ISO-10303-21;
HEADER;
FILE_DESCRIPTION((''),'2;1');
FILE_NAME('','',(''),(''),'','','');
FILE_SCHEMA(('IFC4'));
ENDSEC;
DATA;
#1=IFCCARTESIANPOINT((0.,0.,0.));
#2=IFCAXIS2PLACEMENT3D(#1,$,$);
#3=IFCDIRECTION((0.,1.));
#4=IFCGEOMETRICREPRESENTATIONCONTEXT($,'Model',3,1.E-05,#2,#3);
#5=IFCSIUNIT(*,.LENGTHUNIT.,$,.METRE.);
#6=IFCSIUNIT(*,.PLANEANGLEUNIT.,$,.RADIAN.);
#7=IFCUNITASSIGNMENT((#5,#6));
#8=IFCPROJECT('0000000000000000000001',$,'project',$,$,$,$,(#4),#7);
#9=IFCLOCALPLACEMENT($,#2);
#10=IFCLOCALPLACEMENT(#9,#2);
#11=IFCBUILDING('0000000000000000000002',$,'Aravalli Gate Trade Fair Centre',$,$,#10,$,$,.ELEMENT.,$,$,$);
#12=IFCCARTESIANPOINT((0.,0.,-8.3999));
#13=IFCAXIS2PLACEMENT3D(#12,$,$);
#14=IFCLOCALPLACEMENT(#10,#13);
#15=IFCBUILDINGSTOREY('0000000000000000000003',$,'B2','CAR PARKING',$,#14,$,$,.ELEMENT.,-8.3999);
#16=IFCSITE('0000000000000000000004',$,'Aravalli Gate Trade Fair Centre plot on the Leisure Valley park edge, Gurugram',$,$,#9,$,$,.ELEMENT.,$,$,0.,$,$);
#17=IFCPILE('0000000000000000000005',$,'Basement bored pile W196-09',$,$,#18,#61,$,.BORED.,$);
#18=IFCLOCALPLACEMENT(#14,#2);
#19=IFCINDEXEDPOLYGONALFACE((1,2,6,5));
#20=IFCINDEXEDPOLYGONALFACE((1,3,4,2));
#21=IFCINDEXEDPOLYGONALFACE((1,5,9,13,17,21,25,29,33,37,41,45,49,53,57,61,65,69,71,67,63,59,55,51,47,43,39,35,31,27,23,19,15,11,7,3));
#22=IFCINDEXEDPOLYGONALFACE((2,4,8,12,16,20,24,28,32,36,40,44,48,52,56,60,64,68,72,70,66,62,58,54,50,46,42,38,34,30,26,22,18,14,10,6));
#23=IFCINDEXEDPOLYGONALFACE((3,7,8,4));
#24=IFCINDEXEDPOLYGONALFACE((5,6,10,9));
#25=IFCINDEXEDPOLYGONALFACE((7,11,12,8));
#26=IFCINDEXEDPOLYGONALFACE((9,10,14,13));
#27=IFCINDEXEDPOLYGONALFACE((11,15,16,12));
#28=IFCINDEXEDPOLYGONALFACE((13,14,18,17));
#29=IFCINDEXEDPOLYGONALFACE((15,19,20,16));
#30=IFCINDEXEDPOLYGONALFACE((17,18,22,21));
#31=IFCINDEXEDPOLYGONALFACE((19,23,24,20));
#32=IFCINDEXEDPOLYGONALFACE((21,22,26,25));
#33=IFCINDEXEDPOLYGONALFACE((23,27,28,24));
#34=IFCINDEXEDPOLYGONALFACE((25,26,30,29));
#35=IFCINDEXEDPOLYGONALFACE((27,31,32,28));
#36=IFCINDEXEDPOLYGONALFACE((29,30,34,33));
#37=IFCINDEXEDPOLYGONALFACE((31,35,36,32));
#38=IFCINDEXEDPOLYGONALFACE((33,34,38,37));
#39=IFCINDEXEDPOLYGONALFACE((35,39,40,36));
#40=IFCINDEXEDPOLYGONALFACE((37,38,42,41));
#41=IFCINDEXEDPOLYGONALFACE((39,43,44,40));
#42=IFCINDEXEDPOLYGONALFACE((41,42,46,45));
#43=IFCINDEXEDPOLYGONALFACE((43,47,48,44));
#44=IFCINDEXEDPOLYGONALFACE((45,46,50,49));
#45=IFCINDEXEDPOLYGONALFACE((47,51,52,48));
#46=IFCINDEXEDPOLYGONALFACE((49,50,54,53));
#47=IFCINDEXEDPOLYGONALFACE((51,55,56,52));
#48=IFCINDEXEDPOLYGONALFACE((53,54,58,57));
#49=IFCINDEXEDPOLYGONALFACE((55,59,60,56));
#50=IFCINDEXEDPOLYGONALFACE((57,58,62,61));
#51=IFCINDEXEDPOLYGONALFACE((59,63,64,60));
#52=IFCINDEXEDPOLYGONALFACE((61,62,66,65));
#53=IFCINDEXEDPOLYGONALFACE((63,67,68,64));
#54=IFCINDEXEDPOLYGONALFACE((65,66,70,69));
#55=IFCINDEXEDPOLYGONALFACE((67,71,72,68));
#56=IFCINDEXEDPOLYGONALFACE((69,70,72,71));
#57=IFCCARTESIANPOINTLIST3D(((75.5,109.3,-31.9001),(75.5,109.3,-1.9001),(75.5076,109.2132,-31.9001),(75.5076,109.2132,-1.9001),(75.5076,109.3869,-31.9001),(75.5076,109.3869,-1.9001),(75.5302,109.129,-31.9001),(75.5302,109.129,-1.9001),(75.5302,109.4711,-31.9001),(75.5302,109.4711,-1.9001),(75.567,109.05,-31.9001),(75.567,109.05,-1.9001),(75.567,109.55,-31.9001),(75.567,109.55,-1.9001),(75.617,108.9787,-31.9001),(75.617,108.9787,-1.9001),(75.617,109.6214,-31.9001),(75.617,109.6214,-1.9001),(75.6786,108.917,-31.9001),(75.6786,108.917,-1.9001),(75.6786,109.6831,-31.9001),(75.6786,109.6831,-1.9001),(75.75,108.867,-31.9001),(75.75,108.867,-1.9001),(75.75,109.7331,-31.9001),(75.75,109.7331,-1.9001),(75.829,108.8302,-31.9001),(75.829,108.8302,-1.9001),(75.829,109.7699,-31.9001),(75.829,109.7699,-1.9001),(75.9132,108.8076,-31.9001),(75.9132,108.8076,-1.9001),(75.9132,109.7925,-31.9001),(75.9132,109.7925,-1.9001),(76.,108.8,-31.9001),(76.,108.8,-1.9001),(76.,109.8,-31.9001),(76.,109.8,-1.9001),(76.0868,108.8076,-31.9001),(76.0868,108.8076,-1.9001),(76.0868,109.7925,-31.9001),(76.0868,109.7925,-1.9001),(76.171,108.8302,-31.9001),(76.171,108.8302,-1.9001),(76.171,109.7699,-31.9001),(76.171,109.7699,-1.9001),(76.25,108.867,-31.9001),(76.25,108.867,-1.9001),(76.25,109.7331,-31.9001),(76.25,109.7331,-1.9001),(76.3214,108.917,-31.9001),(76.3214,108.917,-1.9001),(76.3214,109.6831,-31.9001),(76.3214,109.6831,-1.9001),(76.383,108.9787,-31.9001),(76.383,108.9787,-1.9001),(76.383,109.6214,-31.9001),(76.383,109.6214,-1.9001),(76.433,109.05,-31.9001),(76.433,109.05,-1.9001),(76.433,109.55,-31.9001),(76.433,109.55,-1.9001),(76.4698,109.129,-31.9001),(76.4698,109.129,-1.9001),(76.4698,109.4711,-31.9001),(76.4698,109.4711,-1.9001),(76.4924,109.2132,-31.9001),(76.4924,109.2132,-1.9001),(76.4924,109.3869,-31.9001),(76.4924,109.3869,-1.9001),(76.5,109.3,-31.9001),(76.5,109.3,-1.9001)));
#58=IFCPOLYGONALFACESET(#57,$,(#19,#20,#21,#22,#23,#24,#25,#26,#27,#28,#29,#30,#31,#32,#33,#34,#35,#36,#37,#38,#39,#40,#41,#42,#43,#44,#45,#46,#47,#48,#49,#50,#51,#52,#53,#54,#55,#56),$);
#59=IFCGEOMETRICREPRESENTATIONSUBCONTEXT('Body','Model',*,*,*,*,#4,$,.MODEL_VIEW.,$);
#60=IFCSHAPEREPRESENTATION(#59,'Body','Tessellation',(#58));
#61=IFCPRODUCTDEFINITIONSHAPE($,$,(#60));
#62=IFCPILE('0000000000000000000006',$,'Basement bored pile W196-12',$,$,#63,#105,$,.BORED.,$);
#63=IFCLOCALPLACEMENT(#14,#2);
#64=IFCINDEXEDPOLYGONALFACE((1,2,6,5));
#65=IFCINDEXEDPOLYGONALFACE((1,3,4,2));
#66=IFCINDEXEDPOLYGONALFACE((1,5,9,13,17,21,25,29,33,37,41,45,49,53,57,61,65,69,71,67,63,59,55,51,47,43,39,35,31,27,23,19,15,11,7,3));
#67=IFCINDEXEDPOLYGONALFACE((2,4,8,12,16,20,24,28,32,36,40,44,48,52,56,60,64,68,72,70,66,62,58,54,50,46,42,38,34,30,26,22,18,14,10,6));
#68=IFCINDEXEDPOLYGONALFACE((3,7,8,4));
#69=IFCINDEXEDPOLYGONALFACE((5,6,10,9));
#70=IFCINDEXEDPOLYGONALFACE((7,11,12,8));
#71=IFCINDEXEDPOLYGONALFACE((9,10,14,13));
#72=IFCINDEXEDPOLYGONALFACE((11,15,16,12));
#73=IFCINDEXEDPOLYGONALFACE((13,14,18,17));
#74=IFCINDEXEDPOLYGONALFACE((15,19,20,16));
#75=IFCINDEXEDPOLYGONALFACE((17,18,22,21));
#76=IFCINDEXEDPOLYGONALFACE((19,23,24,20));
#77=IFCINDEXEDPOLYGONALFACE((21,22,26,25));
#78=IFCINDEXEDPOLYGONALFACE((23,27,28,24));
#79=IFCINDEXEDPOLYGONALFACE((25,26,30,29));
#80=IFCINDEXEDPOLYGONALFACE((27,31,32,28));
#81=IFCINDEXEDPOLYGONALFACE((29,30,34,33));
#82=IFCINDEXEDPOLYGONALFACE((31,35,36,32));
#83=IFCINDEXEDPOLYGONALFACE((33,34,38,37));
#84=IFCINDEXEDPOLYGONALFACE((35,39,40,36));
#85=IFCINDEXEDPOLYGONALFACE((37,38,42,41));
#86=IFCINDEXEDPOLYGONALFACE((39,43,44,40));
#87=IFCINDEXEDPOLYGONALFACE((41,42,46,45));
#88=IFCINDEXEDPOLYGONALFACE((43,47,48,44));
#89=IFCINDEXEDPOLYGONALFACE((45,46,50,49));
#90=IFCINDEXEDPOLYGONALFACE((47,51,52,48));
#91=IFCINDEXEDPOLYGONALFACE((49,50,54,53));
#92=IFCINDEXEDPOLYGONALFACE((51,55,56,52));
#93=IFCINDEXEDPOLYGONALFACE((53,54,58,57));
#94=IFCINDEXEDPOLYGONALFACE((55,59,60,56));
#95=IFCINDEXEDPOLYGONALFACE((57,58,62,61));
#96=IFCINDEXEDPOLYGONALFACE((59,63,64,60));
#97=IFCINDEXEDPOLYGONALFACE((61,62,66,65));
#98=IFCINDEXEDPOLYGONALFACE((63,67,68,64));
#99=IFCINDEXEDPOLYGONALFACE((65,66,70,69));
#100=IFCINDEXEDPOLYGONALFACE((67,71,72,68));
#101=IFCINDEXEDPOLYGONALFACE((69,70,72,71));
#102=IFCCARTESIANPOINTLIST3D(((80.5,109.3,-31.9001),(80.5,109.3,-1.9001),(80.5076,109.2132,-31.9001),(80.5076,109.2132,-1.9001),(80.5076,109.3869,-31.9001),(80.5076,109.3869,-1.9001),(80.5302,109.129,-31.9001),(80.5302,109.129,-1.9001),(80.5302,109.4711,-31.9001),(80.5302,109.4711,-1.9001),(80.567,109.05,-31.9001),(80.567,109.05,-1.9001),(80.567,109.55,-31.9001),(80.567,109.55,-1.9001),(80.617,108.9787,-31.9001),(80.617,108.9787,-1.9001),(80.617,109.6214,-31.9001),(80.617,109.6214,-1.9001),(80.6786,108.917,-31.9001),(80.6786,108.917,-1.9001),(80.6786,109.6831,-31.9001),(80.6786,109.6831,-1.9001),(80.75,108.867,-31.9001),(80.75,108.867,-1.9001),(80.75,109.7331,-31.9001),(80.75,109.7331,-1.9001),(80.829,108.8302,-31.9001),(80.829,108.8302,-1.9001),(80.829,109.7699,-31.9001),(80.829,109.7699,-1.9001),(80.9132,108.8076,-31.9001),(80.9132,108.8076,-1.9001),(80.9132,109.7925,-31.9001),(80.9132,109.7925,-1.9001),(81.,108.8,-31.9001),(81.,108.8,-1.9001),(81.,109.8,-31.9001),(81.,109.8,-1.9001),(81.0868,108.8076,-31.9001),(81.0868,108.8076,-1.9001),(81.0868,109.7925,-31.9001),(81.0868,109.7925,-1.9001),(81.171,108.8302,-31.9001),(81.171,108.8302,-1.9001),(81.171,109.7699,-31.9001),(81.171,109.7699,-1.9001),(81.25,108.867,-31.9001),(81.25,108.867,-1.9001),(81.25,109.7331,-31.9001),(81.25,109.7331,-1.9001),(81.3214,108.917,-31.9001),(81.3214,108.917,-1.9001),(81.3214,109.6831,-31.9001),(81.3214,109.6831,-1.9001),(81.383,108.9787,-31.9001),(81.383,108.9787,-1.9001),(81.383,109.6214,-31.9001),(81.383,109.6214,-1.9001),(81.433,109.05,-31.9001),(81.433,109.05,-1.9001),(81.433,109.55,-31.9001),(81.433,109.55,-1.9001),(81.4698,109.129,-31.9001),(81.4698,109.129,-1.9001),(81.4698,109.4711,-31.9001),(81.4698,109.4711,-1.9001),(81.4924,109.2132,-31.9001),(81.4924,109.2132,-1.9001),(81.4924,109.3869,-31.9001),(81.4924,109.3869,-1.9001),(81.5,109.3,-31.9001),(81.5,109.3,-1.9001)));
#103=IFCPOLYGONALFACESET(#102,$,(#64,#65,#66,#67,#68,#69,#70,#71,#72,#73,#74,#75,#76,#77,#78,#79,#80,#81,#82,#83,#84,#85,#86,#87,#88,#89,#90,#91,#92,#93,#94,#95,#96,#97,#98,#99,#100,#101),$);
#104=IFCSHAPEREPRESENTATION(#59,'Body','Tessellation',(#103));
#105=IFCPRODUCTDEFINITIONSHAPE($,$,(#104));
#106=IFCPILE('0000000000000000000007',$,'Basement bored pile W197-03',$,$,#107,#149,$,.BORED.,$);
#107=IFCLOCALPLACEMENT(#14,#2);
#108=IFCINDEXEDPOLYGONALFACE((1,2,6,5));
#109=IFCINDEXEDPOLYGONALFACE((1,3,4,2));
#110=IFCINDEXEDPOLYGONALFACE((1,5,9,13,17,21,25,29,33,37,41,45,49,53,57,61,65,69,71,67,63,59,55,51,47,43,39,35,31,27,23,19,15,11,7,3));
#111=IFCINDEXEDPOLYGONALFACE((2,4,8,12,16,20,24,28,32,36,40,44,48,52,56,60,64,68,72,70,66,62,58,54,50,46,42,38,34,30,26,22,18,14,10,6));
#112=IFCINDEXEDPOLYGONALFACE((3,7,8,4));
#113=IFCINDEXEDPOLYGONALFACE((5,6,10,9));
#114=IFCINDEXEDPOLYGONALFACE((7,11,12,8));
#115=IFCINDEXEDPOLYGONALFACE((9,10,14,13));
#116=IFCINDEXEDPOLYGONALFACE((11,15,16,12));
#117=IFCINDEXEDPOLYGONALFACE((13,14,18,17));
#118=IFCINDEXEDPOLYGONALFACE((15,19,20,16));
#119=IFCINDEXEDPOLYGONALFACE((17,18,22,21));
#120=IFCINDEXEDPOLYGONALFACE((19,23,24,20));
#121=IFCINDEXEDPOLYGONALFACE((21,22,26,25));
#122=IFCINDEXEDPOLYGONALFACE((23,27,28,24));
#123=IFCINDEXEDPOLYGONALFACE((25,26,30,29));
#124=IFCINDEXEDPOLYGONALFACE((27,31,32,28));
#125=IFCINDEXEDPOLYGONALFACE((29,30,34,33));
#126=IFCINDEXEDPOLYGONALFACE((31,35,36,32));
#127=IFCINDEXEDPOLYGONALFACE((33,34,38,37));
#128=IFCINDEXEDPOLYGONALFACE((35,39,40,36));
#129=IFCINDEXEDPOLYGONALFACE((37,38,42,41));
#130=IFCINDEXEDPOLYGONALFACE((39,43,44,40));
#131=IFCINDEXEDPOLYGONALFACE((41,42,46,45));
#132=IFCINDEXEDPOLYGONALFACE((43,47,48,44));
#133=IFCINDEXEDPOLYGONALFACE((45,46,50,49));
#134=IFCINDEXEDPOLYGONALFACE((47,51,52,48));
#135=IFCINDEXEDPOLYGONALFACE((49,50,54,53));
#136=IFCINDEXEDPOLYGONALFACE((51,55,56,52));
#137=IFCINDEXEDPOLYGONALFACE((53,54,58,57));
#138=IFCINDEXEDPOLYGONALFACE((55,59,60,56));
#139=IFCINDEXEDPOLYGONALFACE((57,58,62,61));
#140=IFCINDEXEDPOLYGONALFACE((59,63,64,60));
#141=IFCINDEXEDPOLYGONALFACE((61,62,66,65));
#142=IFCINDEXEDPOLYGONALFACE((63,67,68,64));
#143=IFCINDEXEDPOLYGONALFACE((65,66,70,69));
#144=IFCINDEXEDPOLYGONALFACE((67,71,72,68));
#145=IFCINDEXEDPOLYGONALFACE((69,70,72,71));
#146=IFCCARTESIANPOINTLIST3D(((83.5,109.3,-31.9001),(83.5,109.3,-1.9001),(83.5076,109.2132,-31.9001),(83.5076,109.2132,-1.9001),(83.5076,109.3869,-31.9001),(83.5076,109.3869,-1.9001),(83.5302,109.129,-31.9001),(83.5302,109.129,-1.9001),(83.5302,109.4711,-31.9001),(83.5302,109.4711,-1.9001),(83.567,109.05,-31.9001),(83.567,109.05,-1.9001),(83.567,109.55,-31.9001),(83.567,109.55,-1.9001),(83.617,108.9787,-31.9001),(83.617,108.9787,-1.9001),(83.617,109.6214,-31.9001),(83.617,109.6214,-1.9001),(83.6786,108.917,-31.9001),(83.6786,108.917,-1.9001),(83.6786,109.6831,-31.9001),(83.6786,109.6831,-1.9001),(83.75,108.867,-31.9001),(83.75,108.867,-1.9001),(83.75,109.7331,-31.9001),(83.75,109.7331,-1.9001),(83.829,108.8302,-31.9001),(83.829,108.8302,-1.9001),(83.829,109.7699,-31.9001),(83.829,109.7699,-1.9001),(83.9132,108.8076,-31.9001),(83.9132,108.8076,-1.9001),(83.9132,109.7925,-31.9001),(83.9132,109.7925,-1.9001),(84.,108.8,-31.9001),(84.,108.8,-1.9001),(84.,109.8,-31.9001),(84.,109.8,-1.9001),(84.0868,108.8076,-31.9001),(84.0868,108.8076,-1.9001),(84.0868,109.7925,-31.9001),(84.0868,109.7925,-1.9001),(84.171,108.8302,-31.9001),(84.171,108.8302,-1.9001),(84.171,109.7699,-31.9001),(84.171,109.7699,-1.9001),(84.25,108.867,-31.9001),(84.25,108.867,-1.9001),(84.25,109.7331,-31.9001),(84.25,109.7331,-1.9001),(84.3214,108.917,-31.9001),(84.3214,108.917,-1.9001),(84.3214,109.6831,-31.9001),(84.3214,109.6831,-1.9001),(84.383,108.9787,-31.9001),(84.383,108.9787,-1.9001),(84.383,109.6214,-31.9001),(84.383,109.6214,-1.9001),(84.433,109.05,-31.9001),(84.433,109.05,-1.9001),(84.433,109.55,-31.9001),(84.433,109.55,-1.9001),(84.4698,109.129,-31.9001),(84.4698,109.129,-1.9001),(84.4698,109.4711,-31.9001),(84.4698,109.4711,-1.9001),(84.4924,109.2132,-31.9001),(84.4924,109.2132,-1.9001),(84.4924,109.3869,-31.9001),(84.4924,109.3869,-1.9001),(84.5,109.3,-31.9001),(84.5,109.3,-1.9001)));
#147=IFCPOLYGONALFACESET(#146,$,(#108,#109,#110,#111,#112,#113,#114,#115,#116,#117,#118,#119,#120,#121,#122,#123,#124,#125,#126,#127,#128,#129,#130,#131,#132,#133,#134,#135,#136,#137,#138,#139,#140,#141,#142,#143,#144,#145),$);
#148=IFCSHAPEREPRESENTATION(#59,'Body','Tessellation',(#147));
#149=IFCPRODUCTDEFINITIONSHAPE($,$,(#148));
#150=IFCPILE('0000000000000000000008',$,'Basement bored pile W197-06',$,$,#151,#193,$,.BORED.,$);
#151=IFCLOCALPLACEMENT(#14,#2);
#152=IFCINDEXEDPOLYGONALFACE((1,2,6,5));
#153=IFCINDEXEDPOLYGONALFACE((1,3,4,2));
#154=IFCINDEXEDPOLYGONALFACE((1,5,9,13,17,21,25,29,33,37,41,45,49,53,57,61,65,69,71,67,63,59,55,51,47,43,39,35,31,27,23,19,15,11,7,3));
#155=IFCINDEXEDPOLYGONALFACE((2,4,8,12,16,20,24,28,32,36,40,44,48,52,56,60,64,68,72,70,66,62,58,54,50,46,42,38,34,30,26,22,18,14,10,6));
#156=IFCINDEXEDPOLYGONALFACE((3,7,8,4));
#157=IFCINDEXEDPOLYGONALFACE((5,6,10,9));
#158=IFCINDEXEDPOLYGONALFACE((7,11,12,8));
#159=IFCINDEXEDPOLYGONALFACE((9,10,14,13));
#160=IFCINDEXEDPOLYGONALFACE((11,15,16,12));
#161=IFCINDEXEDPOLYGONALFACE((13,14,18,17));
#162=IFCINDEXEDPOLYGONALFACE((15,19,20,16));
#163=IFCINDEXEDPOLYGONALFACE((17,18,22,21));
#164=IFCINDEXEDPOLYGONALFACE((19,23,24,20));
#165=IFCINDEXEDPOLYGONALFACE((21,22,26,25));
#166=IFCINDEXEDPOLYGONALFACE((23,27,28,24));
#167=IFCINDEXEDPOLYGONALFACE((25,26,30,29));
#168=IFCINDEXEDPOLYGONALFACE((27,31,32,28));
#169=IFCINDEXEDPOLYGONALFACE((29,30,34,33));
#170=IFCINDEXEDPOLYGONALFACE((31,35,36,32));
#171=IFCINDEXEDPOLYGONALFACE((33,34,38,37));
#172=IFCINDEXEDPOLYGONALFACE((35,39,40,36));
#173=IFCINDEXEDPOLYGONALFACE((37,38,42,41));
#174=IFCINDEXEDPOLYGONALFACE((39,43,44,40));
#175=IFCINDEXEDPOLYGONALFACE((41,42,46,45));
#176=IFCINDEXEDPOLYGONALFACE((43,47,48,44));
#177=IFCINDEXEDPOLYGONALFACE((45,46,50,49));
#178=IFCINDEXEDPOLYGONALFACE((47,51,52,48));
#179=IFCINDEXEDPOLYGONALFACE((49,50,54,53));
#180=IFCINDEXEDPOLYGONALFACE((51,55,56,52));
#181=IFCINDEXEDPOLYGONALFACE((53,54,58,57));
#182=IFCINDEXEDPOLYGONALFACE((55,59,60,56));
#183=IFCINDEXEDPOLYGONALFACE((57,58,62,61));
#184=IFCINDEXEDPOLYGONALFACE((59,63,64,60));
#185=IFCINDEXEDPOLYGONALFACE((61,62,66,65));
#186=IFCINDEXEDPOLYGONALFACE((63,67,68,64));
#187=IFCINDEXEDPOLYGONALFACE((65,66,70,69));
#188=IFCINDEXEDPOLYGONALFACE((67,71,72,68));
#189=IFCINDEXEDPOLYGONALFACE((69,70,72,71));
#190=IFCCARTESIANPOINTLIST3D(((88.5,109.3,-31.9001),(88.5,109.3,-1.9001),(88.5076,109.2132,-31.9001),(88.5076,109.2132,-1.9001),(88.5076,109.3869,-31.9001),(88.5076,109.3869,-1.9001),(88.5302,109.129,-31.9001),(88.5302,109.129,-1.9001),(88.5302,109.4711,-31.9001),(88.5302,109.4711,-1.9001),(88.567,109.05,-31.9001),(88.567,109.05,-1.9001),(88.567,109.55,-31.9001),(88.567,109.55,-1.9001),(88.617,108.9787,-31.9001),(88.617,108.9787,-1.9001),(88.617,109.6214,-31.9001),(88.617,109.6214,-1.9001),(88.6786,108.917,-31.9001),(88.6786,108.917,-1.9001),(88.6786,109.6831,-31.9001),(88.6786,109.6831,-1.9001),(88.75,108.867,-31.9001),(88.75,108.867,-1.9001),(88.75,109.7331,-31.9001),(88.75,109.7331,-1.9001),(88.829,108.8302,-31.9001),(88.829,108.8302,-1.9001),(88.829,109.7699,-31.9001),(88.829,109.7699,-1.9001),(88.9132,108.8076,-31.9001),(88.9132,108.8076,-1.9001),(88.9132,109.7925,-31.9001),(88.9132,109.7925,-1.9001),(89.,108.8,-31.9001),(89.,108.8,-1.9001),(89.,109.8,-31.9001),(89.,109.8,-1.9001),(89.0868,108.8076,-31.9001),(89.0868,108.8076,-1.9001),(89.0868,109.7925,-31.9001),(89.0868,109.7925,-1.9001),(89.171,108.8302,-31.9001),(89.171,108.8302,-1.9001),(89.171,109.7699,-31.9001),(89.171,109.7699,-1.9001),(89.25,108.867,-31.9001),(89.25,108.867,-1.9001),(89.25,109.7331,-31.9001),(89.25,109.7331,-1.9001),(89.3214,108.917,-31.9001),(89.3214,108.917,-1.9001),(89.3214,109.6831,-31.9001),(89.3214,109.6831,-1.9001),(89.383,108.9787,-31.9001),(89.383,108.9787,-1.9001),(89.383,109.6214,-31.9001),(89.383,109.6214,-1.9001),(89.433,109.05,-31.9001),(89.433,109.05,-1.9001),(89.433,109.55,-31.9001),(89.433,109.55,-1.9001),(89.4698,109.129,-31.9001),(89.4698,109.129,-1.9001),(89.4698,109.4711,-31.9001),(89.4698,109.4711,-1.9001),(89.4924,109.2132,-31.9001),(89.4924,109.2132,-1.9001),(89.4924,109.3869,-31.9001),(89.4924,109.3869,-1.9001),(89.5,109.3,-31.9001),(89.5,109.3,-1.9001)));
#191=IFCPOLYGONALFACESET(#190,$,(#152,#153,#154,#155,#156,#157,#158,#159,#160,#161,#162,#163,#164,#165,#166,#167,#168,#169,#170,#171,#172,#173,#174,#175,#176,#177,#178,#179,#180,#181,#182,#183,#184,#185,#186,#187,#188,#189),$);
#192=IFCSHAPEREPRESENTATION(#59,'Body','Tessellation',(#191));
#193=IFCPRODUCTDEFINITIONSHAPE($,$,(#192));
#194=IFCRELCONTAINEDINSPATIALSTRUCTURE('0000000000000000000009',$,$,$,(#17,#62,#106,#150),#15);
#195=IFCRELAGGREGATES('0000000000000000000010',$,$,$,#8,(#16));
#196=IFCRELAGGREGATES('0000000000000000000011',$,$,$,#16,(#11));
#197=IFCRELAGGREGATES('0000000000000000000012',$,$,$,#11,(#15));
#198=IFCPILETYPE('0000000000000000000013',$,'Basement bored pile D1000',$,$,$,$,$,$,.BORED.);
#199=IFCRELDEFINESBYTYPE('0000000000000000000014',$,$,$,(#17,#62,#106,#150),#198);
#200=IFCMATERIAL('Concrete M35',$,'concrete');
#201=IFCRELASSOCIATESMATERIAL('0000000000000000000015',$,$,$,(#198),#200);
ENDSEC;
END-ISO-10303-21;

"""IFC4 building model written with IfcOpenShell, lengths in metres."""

from ifc_helpers import new_model, si_unit, direction, frame, origin, origin_2d, place, context, subcontext, project, spatial, circle, extrude, material, material_profile, profile_set, type_object, element, save


model = new_model("IFC4")

# Units and contexts
model_context = context("Model", 3, precision=1e-05, world=origin(), true_north=direction((0.0, 1.0)))
body_context = subcontext(model_context, "Body", "Model", "MODEL_VIEW")
ifc_project = project(units=[si_unit("LENGTHUNIT", "METRE"), si_unit("PLANEANGLEUNIT", "RADIAN")], contexts=[model_context])

# Site, building, storey
site_placement = place(None, origin())
site = spatial("IfcSite", under=ifc_project, at=site_placement, Name="Aravalli Gate Trade Fair Centre plot on the Leisure Valley park edge, Gurugram", CompositionType="ELEMENT", RefElevation=0.0)
building_placement = place(site_placement, origin())
building = spatial("IfcBuilding", under=site, at=building_placement, Name="Aravalli Gate Trade Fair Centre", CompositionType="ELEMENT")
storey_placement = place(building_placement, frame((0.0, 0.0, -8.3999)))
storey = spatial("IfcBuildingStorey", under=building, at=storey_placement, Name="B2", Description="CAR PARKING", CompositionType="ELEMENT", Elevation=-8.3999)

# Piles
ifc_material_1 = material(Name="Concrete M35", Category="concrete")
ifc_material_profile_1 = material_profile(ifc_material_1, circle(Radius=0.5, at=origin_2d()), Name="D1000")
ifc_profile_set_1 = profile_set([ifc_material_profile_1], Name="Concrete M35")
pile_type = type_object("IfcPileType", Name="Basement bored pile D1000", PredefinedType="BORED", material=ifc_profile_set_1)
for number, where, z_axis, x_axis, name in (
    (1, (76.0, 109.3, -1.9001), (0.0, 0.0, -1.0), (1.0, 0.0, 0.0), "Basement bored pile W196-09"),
    (2, (81.0, 109.3, -1.9001), (0.0, 0.0, -1.0), (1.0, 0.0, 0.0), "Basement bored pile W196-12"),
    (3, (84.0, 109.3, -1.9001), (0.0, 0.0, -1.0), (1.0, 0.0, 0.0), "Basement bored pile W197-03"),
    (4, (89.0, 109.3, -1.9001), (0.0, 0.0, -1.0), (1.0, 0.0, 0.0), "Basement bored pile W197-06"),
):
    element("IfcPile", number, at=place(storey_placement, frame(where, z_axis=z_axis, x_axis=x_axis)), inside=storey, type_object=pile_type, Name=name, PredefinedType="BORED", context=body_context, shape_type="SweptSolid", body=[
        extrude(circle(Radius=0.5, at=origin_2d()), origin(), (0.0, 0.0, 1.0), 30.0),
    ])

save(model, "model.ifc")
